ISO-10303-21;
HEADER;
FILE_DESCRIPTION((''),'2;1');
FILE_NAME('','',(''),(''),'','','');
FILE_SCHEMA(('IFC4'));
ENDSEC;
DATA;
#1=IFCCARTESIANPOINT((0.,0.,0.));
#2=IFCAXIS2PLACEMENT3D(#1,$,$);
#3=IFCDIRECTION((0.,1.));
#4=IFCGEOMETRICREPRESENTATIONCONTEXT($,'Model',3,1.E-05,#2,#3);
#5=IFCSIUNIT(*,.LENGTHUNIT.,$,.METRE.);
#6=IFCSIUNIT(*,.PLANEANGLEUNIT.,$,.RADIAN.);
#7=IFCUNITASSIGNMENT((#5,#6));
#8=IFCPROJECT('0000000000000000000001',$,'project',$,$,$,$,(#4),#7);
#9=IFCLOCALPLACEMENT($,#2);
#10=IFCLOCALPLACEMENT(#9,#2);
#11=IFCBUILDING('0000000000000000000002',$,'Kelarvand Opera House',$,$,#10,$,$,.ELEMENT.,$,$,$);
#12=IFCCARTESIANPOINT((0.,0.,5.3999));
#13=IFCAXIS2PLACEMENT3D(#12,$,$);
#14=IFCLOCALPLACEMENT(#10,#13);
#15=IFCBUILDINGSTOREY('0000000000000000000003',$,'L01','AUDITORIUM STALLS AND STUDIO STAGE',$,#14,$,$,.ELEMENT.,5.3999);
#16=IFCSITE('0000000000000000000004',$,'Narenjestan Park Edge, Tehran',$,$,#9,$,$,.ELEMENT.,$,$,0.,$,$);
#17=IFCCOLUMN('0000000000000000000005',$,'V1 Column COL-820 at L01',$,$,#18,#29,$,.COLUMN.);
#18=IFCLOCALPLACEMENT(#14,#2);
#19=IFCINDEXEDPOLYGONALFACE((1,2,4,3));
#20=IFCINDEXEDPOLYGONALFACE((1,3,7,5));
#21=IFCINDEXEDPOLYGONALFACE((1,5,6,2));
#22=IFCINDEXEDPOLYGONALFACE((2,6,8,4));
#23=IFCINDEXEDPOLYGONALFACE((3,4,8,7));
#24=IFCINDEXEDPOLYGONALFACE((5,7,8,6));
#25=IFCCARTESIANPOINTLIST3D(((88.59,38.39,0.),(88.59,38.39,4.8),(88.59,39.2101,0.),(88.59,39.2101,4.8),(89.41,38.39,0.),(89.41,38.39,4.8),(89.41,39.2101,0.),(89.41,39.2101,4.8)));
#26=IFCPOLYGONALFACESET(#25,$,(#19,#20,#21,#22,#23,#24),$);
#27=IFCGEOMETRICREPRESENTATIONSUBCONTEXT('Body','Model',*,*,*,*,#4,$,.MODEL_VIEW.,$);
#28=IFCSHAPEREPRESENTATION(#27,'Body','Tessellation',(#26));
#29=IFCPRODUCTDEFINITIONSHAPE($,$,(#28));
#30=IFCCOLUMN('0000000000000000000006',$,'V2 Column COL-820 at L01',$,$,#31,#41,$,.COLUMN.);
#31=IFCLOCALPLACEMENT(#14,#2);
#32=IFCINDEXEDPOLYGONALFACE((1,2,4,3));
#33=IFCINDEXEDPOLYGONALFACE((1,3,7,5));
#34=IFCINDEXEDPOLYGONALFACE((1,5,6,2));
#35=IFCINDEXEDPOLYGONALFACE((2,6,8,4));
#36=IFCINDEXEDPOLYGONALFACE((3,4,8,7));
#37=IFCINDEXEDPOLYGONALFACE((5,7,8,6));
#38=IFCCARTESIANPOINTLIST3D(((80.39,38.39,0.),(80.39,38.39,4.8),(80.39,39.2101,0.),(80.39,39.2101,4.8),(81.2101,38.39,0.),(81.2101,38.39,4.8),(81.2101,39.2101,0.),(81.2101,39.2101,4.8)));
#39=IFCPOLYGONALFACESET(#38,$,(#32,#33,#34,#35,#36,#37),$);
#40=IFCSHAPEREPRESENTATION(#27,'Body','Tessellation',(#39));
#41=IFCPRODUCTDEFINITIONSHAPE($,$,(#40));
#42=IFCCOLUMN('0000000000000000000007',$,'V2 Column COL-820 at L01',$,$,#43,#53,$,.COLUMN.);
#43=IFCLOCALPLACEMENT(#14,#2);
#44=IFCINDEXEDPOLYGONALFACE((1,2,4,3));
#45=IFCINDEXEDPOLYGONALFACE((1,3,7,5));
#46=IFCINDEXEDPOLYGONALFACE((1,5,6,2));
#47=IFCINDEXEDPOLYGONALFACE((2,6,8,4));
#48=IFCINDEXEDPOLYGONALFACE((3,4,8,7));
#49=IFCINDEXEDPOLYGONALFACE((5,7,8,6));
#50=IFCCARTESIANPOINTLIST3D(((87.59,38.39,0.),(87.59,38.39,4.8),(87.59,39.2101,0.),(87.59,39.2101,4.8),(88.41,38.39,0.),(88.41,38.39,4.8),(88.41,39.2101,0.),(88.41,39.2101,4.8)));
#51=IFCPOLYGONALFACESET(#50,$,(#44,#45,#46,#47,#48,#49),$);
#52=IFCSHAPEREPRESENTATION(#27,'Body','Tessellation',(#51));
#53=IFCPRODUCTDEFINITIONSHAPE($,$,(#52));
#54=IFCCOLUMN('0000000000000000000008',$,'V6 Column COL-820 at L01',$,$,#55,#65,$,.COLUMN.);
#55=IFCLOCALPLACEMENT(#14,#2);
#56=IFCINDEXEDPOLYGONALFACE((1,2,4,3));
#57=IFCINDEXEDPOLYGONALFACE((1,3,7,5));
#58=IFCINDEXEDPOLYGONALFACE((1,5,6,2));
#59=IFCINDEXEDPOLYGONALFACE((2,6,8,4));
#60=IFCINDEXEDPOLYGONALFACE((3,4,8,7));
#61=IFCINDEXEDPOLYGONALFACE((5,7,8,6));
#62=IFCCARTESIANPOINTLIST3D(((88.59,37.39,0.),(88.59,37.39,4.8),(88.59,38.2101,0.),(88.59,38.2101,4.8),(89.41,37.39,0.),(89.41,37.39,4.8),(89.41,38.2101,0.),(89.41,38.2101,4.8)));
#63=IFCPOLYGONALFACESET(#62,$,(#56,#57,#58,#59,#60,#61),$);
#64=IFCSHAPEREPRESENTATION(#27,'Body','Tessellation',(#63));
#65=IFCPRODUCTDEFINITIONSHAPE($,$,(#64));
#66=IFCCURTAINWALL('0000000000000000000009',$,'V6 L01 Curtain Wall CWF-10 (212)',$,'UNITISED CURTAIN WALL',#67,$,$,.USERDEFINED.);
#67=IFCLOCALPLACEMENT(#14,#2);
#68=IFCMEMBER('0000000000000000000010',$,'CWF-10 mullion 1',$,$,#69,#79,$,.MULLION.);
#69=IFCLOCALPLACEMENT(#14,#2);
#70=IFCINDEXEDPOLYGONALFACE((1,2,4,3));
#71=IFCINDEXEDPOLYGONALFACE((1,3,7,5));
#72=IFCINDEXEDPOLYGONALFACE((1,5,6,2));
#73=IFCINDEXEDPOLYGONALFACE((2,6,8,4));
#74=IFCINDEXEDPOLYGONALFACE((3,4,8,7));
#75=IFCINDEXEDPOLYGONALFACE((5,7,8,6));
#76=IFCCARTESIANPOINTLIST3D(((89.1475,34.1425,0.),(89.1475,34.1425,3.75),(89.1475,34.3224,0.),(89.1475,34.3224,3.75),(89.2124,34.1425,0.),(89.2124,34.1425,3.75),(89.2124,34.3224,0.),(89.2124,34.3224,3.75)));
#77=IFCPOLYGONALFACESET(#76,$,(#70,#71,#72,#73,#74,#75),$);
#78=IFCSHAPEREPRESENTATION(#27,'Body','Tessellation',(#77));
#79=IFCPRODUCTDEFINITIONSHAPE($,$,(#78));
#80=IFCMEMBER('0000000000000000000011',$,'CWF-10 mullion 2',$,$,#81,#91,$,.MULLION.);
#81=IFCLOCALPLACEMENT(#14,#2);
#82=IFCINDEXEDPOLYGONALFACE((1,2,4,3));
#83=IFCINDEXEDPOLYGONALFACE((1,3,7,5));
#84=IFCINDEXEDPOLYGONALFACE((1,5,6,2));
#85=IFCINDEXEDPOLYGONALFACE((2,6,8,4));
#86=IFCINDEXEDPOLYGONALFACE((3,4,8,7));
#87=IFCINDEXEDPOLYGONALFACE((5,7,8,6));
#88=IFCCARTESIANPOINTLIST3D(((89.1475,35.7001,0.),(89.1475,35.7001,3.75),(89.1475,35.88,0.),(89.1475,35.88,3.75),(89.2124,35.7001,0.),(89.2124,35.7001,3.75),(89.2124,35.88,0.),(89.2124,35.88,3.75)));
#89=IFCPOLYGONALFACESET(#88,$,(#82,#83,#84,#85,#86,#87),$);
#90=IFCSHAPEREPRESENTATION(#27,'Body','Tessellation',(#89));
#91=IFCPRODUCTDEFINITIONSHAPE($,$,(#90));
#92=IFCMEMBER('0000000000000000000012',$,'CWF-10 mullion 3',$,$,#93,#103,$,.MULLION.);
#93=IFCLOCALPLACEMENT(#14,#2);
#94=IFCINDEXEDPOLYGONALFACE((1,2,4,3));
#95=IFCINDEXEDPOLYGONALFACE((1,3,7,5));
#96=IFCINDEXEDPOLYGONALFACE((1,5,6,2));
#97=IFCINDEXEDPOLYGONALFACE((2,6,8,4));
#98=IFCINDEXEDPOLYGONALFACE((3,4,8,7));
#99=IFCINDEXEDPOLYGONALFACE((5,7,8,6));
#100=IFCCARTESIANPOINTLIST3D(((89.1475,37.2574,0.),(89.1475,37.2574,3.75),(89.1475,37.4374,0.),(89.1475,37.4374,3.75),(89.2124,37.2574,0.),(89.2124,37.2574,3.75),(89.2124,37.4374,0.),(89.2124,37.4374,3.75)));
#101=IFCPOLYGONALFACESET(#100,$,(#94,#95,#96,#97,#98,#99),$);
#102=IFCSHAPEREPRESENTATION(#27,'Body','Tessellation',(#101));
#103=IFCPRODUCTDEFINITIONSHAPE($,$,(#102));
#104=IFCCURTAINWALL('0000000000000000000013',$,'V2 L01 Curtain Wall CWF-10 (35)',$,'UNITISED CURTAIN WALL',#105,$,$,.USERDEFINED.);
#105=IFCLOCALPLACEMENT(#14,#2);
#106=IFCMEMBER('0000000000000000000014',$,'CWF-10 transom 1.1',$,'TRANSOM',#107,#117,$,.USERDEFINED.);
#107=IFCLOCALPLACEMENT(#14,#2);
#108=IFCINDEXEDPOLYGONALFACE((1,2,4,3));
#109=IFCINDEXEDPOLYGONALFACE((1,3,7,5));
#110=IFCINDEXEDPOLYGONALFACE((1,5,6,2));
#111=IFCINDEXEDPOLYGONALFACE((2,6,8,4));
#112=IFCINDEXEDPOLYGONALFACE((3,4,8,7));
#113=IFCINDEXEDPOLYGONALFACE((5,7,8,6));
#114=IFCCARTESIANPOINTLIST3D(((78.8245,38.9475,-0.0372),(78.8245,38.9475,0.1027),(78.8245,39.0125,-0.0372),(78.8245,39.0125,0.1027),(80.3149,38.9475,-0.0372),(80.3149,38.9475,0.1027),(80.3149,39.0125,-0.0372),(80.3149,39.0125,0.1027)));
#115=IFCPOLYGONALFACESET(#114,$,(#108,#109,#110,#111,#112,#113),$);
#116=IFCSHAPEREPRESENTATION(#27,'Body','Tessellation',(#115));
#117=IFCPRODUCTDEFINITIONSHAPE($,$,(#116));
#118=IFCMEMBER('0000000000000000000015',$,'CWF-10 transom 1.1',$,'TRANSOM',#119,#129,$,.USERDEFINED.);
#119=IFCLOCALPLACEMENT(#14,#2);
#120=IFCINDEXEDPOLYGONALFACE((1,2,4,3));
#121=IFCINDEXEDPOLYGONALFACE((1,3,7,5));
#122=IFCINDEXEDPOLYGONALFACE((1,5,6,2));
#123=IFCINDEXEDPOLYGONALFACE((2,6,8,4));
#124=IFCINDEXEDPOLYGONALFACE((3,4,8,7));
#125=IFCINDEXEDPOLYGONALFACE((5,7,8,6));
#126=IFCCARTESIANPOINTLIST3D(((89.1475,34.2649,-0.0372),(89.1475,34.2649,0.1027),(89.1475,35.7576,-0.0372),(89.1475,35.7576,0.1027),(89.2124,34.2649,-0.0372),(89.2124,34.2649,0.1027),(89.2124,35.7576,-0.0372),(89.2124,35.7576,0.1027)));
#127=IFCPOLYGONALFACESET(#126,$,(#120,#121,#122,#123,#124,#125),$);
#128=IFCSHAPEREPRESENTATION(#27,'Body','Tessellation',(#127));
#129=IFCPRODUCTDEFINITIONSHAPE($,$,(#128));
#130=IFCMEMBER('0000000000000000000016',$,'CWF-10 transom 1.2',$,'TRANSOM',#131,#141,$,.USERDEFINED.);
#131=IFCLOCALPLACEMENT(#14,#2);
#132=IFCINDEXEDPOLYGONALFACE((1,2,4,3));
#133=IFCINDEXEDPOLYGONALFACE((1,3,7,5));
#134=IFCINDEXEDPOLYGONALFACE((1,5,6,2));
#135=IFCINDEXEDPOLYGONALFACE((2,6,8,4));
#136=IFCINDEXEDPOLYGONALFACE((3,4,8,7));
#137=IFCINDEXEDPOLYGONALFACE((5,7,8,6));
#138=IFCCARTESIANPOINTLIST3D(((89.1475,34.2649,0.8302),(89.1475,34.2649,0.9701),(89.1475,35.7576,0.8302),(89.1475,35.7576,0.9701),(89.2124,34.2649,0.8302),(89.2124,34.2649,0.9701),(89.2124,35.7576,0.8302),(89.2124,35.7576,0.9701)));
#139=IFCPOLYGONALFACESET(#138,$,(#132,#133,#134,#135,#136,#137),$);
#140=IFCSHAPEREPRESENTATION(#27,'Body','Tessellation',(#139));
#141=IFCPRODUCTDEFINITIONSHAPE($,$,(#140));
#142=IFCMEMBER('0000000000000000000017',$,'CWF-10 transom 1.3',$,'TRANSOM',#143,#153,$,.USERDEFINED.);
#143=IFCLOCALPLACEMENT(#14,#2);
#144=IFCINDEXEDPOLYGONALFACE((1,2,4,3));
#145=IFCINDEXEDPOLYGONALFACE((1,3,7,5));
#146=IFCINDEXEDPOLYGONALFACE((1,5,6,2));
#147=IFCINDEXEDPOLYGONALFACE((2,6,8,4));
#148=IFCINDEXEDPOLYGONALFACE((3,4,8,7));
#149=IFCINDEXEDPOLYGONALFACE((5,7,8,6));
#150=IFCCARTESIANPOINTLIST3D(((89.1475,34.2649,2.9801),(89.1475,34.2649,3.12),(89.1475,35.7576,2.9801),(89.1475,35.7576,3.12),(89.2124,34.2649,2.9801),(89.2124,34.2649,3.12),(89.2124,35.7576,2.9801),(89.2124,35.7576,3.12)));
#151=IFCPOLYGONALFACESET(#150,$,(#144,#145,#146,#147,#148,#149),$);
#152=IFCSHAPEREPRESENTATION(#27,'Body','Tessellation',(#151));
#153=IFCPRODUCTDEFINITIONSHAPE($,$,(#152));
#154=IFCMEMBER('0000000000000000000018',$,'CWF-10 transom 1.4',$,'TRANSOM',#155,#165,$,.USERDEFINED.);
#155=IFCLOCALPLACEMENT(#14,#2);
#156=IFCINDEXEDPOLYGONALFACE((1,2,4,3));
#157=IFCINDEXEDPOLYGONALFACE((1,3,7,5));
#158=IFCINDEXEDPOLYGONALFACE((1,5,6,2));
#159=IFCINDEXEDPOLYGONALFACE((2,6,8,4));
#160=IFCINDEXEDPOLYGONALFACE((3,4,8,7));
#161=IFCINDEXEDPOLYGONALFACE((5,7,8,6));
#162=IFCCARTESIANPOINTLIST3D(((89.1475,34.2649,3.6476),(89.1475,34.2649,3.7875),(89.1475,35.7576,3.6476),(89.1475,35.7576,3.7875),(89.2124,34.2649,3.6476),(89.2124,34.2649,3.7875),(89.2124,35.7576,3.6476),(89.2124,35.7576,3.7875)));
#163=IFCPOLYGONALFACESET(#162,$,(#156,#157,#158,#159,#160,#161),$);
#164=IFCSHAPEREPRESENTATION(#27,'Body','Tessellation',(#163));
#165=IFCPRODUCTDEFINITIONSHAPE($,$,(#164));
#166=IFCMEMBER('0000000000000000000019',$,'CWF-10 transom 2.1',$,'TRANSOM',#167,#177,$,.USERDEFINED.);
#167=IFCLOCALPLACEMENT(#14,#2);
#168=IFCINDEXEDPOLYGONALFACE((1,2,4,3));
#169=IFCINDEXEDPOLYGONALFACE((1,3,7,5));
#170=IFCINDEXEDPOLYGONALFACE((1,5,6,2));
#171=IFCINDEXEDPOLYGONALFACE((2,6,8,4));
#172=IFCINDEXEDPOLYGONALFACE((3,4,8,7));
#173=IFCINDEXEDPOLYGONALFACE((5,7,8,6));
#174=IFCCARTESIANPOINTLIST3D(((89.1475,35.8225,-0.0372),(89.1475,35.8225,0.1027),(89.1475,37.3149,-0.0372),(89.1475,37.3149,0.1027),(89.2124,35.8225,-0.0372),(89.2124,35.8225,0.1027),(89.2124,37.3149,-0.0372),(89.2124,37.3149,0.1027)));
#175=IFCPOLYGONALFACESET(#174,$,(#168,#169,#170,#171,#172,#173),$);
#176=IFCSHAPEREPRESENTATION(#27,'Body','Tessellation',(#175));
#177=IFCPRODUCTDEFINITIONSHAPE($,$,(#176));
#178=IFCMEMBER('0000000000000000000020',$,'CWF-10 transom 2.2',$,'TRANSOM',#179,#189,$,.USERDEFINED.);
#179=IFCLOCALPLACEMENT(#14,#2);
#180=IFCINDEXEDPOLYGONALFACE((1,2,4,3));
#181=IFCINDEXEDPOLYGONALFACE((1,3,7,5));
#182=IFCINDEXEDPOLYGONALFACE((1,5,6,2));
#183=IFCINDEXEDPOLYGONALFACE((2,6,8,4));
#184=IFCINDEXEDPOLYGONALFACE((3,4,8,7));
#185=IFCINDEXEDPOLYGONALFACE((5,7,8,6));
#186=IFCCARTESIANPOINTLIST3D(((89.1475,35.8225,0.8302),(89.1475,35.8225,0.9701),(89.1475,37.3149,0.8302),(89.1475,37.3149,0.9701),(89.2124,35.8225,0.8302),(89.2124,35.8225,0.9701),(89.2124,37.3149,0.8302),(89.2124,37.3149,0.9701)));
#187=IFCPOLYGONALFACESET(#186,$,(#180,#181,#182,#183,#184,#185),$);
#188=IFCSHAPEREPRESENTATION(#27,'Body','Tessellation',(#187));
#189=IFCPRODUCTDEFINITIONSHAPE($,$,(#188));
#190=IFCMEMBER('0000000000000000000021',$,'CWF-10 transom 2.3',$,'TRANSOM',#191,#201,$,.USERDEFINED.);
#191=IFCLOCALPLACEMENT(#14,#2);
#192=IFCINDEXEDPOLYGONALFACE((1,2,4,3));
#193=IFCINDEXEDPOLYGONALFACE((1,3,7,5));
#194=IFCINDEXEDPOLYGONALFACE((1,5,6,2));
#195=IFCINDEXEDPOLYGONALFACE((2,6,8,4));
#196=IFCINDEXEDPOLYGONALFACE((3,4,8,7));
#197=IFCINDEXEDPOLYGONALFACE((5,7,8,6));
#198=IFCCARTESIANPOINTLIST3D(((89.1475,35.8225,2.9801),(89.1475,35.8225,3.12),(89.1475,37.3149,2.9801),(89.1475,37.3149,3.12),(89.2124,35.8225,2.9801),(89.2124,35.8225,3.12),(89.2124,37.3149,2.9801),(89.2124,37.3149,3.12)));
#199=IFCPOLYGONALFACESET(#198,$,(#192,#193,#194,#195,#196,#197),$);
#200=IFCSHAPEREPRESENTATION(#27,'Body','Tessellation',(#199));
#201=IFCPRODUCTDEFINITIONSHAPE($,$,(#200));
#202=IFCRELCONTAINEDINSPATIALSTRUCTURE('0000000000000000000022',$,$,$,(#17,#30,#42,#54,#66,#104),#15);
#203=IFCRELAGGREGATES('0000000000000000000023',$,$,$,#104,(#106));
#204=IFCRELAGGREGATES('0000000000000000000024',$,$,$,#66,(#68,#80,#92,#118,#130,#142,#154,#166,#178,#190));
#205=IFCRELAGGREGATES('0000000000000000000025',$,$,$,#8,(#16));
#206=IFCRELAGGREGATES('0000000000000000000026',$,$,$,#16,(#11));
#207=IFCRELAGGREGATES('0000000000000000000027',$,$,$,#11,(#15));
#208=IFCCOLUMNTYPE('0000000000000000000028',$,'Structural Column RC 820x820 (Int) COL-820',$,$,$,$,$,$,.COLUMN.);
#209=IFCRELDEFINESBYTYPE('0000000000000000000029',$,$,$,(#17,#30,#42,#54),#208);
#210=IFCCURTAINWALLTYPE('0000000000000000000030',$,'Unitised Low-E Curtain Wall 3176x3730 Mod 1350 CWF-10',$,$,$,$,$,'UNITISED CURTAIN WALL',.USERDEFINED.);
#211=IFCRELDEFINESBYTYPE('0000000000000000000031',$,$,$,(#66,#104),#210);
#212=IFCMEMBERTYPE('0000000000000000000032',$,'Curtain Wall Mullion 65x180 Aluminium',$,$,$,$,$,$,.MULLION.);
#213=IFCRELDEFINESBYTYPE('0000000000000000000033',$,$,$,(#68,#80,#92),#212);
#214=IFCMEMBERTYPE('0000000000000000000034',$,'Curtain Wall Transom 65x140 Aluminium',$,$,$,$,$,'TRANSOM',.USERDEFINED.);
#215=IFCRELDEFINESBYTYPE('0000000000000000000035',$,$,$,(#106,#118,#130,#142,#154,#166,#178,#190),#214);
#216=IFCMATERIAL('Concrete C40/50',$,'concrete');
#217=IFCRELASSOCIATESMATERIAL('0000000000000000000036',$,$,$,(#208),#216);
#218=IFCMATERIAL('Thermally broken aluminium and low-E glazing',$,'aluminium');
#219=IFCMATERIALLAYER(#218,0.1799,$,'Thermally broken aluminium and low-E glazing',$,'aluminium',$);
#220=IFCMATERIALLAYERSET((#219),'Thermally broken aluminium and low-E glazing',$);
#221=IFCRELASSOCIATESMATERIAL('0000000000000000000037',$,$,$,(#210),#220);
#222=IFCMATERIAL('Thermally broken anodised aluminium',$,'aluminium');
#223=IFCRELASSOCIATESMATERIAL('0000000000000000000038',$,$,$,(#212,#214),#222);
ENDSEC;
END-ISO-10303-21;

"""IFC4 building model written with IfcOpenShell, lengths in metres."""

from ifc_helpers import new_model, si_unit, direction, frame, origin, origin_2d, place, context, subcontext, project, spatial, rectangle, extrude, material, layer, layer_set, material_profile, profile_set, type_object, element, aggregate, save


model = new_model("IFC4")

# Units and contexts
model_context = context("Model", 3, precision=1e-05, world=origin(), true_north=direction((0.0, 1.0)))
body_context = subcontext(model_context, "Body", "Model", "MODEL_VIEW")
ifc_project = project(units=[si_unit("LENGTHUNIT", "METRE"), si_unit("PLANEANGLEUNIT", "RADIAN")], contexts=[model_context])

# Site, building, storey
site_placement = place(None, origin())
site = spatial("IfcSite", under=ifc_project, at=site_placement, Name="Narenjestan Park Edge, Tehran", CompositionType="ELEMENT", RefElevation=0.0)
building_placement = place(site_placement, origin())
building = spatial("IfcBuilding", under=site, at=building_placement, Name="Kelarvand Opera House", CompositionType="ELEMENT")
storey_placement = place(building_placement, frame((0.0, 0.0, 5.3999)))
storey = spatial("IfcBuildingStorey", under=building, at=storey_placement, Name="L01", Description="AUDITORIUM STALLS AND STUDIO STAGE", CompositionType="ELEMENT", Elevation=5.3999)

# Columns
ifc_material_1 = material(Name="Concrete C40/50", Category="concrete")
ifc_material_profile_1 = material_profile(ifc_material_1, rectangle(XDim=0.8201, YDim=0.8201, at=origin_2d()), Name="RC 820x820", Category="concrete")
ifc_profile_set_1 = profile_set([ifc_material_profile_1], Name="Concrete C40/50")
column_type = type_object("IfcColumnType", Name="Structural Column RC 820x820 (Int) COL-820", PredefinedType="COLUMN", material=ifc_profile_set_1)
for number, where, z_axis, x_axis, name in (
    (1, (89.0, 38.8, 0.0), (0.0, 0.0, 1.0), (1.0, 0.0, 0.0), "V1 Column COL-820 at L01"),
    (2, (80.8, 38.8, 0.0), (0.0, 0.0, 1.0), (1.0, 0.0, 0.0), "V2 Column COL-820 at L01"),
    (3, (88.0, 38.8, 0.0), (0.0, 0.0, 1.0), (1.0, 0.0, 0.0), "V2 Column COL-820 at L01"),
    (4, (89.0, 37.8, 0.0), (0.0, 0.0, 1.0), (1.0, 0.0, 0.0), "V6 Column COL-820 at L01"),
):
    element("IfcColumn", number, at=place(storey_placement, frame(where, z_axis=z_axis, x_axis=x_axis)), inside=storey, type_object=column_type, Name=name, PredefinedType="COLUMN", context=body_context, shape_type="SweptSolid", body=[
        extrude(rectangle(XDim=0.8201, YDim=0.8201, at=origin_2d()), origin(), (0.0, 0.0, 1.0), 4.8),
    ])

# Curtain wall, members
ifc_material_2 = material(Name="Thermally broken aluminium and low-E glazing", Category="aluminium")
ifc_layer_1 = layer(ifc_material_2, 0.1799, Name="Thermally broken aluminium and low-E glazing", Category="aluminium")
ifc_layer_set_1 = layer_set([ifc_layer_1], Name="Thermally broken aluminium and low-E glazing")
curtain_wall_type = type_object("IfcCurtainWallType", Name="Unitised Low-E Curtain Wall 3176x3730 Mod 1350 CWF-10", ElementType="UNITISED CURTAIN WALL", PredefinedType="USERDEFINED", material=ifc_layer_set_1)
curtain_wall_1_placement = place(storey_placement, origin())
curtain_wall_1 = element("IfcCurtainWall", 5, at=curtain_wall_1_placement, inside=storey, type_object=curtain_wall_type, Name="V6 L01 Curtain Wall CWF-10 (212)", ObjectType="UNITISED CURTAIN WALL", PredefinedType="USERDEFINED")
ifc_material_3 = material(Name="Thermally broken anodised aluminium", Category="aluminium")
ifc_material_profile_2 = material_profile(ifc_material_3, rectangle(XDim=0.0649, YDim=0.1799, at=origin_2d()), Name="ALU MULLION 65x180", Category="aluminium")
ifc_profile_set_2 = profile_set([ifc_material_profile_2], Name="Thermally broken anodised aluminium")
member_type_1 = type_object("IfcMemberType", Name="Curtain Wall Mullion 65x180 Aluminium", PredefinedType="MULLION", material=ifc_profile_set_2)
member_1_placement = place(storey_placement, frame((89.1799, 34.2324, 0.0), z_axis=(0.0, 0.0, 1.0), x_axis=(-1.0, 0.0, 0.0)))
member_1 = element("IfcMember", 6, at=member_1_placement, type_object=member_type_1, Name="CWF-10 mullion 1", PredefinedType="MULLION", context=body_context, shape_type="SweptSolid", body=[
    extrude(rectangle(XDim=0.0649, YDim=0.1799, at=origin_2d()), origin(), (0.0, 0.0, 1.0), 3.75),
])
member_2_placement = place(storey_placement, frame((89.1799, 35.79, 0.0), z_axis=(0.0, 0.0, 1.0), x_axis=(-1.0, 0.0, 0.0)))
member_2 = element("IfcMember", 7, at=member_2_placement, type_object=member_type_1, Name="CWF-10 mullion 2", PredefinedType="MULLION", context=body_context, shape_type="SweptSolid", body=[
    extrude(rectangle(XDim=0.0649, YDim=0.1799, at=origin_2d()), origin(), (0.0, 0.0, 1.0), 3.75),
])
member_3_placement = place(storey_placement, frame((89.1799, 37.3474, 0.0), z_axis=(0.0, 0.0, 1.0), x_axis=(-1.0, 0.0, 0.0)))
member_3 = element("IfcMember", 8, at=member_3_placement, type_object=member_type_1, Name="CWF-10 mullion 3", PredefinedType="MULLION", context=body_context, shape_type="SweptSolid", body=[
    extrude(rectangle(XDim=0.0649, YDim=0.1799, at=origin_2d()), origin(), (0.0, 0.0, 1.0), 3.75),
])

# Curtain wall, member
curtain_wall_2_placement = place(storey_placement, origin())
curtain_wall_2 = element("IfcCurtainWall", 9, at=curtain_wall_2_placement, inside=storey, type_object=curtain_wall_type, Name="V2 L01 Curtain Wall CWF-10 (35)", ObjectType="UNITISED CURTAIN WALL", PredefinedType="USERDEFINED")
ifc_material_profile_3 = material_profile(ifc_material_3, rectangle(XDim=0.0649, YDim=0.1399, at=origin_2d()), Name="ALU TRANSOM 65x140", Category="aluminium")
ifc_profile_set_3 = profile_set([ifc_material_profile_3], Name="Thermally broken anodised aluminium")
member_type_2 = type_object("IfcMemberType", Name="Curtain Wall Transom 65x140 Aluminium", ElementType="TRANSOM", PredefinedType="USERDEFINED", material=ifc_profile_set_3)
member_4_placement = place(storey_placement, frame((80.3149, 38.98, 0.0327), z_axis=(-1.0, 0.0, 0.0), x_axis=(0.0, -1.0, 0.0)))
member_4 = element("IfcMember", 10, at=member_4_placement, type_object=member_type_2, Name="CWF-10 transom 1.1", ObjectType="TRANSOM", PredefinedType="USERDEFINED", context=body_context, shape_type="SweptSolid", body=[
    extrude(rectangle(XDim=0.0649, YDim=0.1399, at=origin_2d()), origin(), (0.0, 0.0, 1.0), 1.4905),
])
aggregate(curtain_wall_2, [member_4])

# Members
member_5_placement = place(storey_placement, frame((89.1799, 34.2649, 0.0327), z_axis=(0.0, 1.0, 0.0), x_axis=(-1.0, 0.0, 0.0)))
member_5 = element("IfcMember", 11, at=member_5_placement, type_object=member_type_2, Name="CWF-10 transom 1.1", ObjectType="TRANSOM", PredefinedType="USERDEFINED", context=body_context, shape_type="SweptSolid", body=[
    extrude(rectangle(XDim=0.0649, YDim=0.1399, at=origin_2d()), origin(), (0.0, 0.0, 1.0), 1.4927),
])
member_6_placement = place(storey_placement, frame((89.1799, 34.2649, 0.9001), z_axis=(0.0, 1.0, 0.0), x_axis=(-1.0, 0.0, 0.0)))
member_6 = element("IfcMember", 12, at=member_6_placement, type_object=member_type_2, Name="CWF-10 transom 1.2", ObjectType="TRANSOM", PredefinedType="USERDEFINED", context=body_context, shape_type="SweptSolid", body=[
    extrude(rectangle(XDim=0.0649, YDim=0.1399, at=origin_2d()), origin(), (0.0, 0.0, 1.0), 1.4927),
])
member_7_placement = place(storey_placement, frame((89.1799, 34.2649, 3.05), z_axis=(0.0, 1.0, 0.0), x_axis=(-1.0, 0.0, 0.0)))
member_7 = element("IfcMember", 13, at=member_7_placement, type_object=member_type_2, Name="CWF-10 transom 1.3", ObjectType="TRANSOM", PredefinedType="USERDEFINED", context=body_context, shape_type="SweptSolid", body=[
    extrude(rectangle(XDim=0.0649, YDim=0.1399, at=origin_2d()), origin(), (0.0, 0.0, 1.0), 1.4927),
])
member_8_placement = place(storey_placement, frame((89.1799, 34.2649, 3.7175), z_axis=(0.0, 1.0, 0.0), x_axis=(-1.0, 0.0, 0.0)))
member_8 = element("IfcMember", 14, at=member_8_placement, type_object=member_type_2, Name="CWF-10 transom 1.4", ObjectType="TRANSOM", PredefinedType="USERDEFINED", context=body_context, shape_type="SweptSolid", body=[
    extrude(rectangle(XDim=0.0649, YDim=0.1399, at=origin_2d()), origin(), (0.0, 0.0, 1.0), 1.4927),
])
member_9_placement = place(storey_placement, frame((89.1799, 35.8225, 0.0327), z_axis=(0.0, 1.0, 0.0), x_axis=(-1.0, 0.0, 0.0)))
member_9 = element("IfcMember", 15, at=member_9_placement, type_object=member_type_2, Name="CWF-10 transom 2.1", ObjectType="TRANSOM", PredefinedType="USERDEFINED", context=body_context, shape_type="SweptSolid", body=[
    extrude(rectangle(XDim=0.0649, YDim=0.1399, at=origin_2d()), origin(), (0.0, 0.0, 1.0), 1.4924),
])
member_10_placement = place(storey_placement, frame((89.1799, 35.8225, 0.9001), z_axis=(0.0, 1.0, 0.0), x_axis=(-1.0, 0.0, 0.0)))
member_10 = element("IfcMember", 16, at=member_10_placement, type_object=member_type_2, Name="CWF-10 transom 2.2", ObjectType="TRANSOM", PredefinedType="USERDEFINED", context=body_context, shape_type="SweptSolid", body=[
    extrude(rectangle(XDim=0.0649, YDim=0.1399, at=origin_2d()), origin(), (0.0, 0.0, 1.0), 1.4924),
])
member_11_placement = place(storey_placement, frame((89.1799, 35.8225, 3.05), z_axis=(0.0, 1.0, 0.0), x_axis=(-1.0, 0.0, 0.0)))
member_11 = element("IfcMember", 17, at=member_11_placement, type_object=member_type_2, Name="CWF-10 transom 2.3", ObjectType="TRANSOM", PredefinedType="USERDEFINED", context=body_context, shape_type="SweptSolid", body=[
    extrude(rectangle(XDim=0.0649, YDim=0.1399, at=origin_2d()), origin(), (0.0, 0.0, 1.0), 1.4924),
])

aggregate(curtain_wall_1, [member_1, member_2, member_3, member_5, member_6, member_7, member_8, member_9, member_10, member_11])

save(model, "model.ifc")
